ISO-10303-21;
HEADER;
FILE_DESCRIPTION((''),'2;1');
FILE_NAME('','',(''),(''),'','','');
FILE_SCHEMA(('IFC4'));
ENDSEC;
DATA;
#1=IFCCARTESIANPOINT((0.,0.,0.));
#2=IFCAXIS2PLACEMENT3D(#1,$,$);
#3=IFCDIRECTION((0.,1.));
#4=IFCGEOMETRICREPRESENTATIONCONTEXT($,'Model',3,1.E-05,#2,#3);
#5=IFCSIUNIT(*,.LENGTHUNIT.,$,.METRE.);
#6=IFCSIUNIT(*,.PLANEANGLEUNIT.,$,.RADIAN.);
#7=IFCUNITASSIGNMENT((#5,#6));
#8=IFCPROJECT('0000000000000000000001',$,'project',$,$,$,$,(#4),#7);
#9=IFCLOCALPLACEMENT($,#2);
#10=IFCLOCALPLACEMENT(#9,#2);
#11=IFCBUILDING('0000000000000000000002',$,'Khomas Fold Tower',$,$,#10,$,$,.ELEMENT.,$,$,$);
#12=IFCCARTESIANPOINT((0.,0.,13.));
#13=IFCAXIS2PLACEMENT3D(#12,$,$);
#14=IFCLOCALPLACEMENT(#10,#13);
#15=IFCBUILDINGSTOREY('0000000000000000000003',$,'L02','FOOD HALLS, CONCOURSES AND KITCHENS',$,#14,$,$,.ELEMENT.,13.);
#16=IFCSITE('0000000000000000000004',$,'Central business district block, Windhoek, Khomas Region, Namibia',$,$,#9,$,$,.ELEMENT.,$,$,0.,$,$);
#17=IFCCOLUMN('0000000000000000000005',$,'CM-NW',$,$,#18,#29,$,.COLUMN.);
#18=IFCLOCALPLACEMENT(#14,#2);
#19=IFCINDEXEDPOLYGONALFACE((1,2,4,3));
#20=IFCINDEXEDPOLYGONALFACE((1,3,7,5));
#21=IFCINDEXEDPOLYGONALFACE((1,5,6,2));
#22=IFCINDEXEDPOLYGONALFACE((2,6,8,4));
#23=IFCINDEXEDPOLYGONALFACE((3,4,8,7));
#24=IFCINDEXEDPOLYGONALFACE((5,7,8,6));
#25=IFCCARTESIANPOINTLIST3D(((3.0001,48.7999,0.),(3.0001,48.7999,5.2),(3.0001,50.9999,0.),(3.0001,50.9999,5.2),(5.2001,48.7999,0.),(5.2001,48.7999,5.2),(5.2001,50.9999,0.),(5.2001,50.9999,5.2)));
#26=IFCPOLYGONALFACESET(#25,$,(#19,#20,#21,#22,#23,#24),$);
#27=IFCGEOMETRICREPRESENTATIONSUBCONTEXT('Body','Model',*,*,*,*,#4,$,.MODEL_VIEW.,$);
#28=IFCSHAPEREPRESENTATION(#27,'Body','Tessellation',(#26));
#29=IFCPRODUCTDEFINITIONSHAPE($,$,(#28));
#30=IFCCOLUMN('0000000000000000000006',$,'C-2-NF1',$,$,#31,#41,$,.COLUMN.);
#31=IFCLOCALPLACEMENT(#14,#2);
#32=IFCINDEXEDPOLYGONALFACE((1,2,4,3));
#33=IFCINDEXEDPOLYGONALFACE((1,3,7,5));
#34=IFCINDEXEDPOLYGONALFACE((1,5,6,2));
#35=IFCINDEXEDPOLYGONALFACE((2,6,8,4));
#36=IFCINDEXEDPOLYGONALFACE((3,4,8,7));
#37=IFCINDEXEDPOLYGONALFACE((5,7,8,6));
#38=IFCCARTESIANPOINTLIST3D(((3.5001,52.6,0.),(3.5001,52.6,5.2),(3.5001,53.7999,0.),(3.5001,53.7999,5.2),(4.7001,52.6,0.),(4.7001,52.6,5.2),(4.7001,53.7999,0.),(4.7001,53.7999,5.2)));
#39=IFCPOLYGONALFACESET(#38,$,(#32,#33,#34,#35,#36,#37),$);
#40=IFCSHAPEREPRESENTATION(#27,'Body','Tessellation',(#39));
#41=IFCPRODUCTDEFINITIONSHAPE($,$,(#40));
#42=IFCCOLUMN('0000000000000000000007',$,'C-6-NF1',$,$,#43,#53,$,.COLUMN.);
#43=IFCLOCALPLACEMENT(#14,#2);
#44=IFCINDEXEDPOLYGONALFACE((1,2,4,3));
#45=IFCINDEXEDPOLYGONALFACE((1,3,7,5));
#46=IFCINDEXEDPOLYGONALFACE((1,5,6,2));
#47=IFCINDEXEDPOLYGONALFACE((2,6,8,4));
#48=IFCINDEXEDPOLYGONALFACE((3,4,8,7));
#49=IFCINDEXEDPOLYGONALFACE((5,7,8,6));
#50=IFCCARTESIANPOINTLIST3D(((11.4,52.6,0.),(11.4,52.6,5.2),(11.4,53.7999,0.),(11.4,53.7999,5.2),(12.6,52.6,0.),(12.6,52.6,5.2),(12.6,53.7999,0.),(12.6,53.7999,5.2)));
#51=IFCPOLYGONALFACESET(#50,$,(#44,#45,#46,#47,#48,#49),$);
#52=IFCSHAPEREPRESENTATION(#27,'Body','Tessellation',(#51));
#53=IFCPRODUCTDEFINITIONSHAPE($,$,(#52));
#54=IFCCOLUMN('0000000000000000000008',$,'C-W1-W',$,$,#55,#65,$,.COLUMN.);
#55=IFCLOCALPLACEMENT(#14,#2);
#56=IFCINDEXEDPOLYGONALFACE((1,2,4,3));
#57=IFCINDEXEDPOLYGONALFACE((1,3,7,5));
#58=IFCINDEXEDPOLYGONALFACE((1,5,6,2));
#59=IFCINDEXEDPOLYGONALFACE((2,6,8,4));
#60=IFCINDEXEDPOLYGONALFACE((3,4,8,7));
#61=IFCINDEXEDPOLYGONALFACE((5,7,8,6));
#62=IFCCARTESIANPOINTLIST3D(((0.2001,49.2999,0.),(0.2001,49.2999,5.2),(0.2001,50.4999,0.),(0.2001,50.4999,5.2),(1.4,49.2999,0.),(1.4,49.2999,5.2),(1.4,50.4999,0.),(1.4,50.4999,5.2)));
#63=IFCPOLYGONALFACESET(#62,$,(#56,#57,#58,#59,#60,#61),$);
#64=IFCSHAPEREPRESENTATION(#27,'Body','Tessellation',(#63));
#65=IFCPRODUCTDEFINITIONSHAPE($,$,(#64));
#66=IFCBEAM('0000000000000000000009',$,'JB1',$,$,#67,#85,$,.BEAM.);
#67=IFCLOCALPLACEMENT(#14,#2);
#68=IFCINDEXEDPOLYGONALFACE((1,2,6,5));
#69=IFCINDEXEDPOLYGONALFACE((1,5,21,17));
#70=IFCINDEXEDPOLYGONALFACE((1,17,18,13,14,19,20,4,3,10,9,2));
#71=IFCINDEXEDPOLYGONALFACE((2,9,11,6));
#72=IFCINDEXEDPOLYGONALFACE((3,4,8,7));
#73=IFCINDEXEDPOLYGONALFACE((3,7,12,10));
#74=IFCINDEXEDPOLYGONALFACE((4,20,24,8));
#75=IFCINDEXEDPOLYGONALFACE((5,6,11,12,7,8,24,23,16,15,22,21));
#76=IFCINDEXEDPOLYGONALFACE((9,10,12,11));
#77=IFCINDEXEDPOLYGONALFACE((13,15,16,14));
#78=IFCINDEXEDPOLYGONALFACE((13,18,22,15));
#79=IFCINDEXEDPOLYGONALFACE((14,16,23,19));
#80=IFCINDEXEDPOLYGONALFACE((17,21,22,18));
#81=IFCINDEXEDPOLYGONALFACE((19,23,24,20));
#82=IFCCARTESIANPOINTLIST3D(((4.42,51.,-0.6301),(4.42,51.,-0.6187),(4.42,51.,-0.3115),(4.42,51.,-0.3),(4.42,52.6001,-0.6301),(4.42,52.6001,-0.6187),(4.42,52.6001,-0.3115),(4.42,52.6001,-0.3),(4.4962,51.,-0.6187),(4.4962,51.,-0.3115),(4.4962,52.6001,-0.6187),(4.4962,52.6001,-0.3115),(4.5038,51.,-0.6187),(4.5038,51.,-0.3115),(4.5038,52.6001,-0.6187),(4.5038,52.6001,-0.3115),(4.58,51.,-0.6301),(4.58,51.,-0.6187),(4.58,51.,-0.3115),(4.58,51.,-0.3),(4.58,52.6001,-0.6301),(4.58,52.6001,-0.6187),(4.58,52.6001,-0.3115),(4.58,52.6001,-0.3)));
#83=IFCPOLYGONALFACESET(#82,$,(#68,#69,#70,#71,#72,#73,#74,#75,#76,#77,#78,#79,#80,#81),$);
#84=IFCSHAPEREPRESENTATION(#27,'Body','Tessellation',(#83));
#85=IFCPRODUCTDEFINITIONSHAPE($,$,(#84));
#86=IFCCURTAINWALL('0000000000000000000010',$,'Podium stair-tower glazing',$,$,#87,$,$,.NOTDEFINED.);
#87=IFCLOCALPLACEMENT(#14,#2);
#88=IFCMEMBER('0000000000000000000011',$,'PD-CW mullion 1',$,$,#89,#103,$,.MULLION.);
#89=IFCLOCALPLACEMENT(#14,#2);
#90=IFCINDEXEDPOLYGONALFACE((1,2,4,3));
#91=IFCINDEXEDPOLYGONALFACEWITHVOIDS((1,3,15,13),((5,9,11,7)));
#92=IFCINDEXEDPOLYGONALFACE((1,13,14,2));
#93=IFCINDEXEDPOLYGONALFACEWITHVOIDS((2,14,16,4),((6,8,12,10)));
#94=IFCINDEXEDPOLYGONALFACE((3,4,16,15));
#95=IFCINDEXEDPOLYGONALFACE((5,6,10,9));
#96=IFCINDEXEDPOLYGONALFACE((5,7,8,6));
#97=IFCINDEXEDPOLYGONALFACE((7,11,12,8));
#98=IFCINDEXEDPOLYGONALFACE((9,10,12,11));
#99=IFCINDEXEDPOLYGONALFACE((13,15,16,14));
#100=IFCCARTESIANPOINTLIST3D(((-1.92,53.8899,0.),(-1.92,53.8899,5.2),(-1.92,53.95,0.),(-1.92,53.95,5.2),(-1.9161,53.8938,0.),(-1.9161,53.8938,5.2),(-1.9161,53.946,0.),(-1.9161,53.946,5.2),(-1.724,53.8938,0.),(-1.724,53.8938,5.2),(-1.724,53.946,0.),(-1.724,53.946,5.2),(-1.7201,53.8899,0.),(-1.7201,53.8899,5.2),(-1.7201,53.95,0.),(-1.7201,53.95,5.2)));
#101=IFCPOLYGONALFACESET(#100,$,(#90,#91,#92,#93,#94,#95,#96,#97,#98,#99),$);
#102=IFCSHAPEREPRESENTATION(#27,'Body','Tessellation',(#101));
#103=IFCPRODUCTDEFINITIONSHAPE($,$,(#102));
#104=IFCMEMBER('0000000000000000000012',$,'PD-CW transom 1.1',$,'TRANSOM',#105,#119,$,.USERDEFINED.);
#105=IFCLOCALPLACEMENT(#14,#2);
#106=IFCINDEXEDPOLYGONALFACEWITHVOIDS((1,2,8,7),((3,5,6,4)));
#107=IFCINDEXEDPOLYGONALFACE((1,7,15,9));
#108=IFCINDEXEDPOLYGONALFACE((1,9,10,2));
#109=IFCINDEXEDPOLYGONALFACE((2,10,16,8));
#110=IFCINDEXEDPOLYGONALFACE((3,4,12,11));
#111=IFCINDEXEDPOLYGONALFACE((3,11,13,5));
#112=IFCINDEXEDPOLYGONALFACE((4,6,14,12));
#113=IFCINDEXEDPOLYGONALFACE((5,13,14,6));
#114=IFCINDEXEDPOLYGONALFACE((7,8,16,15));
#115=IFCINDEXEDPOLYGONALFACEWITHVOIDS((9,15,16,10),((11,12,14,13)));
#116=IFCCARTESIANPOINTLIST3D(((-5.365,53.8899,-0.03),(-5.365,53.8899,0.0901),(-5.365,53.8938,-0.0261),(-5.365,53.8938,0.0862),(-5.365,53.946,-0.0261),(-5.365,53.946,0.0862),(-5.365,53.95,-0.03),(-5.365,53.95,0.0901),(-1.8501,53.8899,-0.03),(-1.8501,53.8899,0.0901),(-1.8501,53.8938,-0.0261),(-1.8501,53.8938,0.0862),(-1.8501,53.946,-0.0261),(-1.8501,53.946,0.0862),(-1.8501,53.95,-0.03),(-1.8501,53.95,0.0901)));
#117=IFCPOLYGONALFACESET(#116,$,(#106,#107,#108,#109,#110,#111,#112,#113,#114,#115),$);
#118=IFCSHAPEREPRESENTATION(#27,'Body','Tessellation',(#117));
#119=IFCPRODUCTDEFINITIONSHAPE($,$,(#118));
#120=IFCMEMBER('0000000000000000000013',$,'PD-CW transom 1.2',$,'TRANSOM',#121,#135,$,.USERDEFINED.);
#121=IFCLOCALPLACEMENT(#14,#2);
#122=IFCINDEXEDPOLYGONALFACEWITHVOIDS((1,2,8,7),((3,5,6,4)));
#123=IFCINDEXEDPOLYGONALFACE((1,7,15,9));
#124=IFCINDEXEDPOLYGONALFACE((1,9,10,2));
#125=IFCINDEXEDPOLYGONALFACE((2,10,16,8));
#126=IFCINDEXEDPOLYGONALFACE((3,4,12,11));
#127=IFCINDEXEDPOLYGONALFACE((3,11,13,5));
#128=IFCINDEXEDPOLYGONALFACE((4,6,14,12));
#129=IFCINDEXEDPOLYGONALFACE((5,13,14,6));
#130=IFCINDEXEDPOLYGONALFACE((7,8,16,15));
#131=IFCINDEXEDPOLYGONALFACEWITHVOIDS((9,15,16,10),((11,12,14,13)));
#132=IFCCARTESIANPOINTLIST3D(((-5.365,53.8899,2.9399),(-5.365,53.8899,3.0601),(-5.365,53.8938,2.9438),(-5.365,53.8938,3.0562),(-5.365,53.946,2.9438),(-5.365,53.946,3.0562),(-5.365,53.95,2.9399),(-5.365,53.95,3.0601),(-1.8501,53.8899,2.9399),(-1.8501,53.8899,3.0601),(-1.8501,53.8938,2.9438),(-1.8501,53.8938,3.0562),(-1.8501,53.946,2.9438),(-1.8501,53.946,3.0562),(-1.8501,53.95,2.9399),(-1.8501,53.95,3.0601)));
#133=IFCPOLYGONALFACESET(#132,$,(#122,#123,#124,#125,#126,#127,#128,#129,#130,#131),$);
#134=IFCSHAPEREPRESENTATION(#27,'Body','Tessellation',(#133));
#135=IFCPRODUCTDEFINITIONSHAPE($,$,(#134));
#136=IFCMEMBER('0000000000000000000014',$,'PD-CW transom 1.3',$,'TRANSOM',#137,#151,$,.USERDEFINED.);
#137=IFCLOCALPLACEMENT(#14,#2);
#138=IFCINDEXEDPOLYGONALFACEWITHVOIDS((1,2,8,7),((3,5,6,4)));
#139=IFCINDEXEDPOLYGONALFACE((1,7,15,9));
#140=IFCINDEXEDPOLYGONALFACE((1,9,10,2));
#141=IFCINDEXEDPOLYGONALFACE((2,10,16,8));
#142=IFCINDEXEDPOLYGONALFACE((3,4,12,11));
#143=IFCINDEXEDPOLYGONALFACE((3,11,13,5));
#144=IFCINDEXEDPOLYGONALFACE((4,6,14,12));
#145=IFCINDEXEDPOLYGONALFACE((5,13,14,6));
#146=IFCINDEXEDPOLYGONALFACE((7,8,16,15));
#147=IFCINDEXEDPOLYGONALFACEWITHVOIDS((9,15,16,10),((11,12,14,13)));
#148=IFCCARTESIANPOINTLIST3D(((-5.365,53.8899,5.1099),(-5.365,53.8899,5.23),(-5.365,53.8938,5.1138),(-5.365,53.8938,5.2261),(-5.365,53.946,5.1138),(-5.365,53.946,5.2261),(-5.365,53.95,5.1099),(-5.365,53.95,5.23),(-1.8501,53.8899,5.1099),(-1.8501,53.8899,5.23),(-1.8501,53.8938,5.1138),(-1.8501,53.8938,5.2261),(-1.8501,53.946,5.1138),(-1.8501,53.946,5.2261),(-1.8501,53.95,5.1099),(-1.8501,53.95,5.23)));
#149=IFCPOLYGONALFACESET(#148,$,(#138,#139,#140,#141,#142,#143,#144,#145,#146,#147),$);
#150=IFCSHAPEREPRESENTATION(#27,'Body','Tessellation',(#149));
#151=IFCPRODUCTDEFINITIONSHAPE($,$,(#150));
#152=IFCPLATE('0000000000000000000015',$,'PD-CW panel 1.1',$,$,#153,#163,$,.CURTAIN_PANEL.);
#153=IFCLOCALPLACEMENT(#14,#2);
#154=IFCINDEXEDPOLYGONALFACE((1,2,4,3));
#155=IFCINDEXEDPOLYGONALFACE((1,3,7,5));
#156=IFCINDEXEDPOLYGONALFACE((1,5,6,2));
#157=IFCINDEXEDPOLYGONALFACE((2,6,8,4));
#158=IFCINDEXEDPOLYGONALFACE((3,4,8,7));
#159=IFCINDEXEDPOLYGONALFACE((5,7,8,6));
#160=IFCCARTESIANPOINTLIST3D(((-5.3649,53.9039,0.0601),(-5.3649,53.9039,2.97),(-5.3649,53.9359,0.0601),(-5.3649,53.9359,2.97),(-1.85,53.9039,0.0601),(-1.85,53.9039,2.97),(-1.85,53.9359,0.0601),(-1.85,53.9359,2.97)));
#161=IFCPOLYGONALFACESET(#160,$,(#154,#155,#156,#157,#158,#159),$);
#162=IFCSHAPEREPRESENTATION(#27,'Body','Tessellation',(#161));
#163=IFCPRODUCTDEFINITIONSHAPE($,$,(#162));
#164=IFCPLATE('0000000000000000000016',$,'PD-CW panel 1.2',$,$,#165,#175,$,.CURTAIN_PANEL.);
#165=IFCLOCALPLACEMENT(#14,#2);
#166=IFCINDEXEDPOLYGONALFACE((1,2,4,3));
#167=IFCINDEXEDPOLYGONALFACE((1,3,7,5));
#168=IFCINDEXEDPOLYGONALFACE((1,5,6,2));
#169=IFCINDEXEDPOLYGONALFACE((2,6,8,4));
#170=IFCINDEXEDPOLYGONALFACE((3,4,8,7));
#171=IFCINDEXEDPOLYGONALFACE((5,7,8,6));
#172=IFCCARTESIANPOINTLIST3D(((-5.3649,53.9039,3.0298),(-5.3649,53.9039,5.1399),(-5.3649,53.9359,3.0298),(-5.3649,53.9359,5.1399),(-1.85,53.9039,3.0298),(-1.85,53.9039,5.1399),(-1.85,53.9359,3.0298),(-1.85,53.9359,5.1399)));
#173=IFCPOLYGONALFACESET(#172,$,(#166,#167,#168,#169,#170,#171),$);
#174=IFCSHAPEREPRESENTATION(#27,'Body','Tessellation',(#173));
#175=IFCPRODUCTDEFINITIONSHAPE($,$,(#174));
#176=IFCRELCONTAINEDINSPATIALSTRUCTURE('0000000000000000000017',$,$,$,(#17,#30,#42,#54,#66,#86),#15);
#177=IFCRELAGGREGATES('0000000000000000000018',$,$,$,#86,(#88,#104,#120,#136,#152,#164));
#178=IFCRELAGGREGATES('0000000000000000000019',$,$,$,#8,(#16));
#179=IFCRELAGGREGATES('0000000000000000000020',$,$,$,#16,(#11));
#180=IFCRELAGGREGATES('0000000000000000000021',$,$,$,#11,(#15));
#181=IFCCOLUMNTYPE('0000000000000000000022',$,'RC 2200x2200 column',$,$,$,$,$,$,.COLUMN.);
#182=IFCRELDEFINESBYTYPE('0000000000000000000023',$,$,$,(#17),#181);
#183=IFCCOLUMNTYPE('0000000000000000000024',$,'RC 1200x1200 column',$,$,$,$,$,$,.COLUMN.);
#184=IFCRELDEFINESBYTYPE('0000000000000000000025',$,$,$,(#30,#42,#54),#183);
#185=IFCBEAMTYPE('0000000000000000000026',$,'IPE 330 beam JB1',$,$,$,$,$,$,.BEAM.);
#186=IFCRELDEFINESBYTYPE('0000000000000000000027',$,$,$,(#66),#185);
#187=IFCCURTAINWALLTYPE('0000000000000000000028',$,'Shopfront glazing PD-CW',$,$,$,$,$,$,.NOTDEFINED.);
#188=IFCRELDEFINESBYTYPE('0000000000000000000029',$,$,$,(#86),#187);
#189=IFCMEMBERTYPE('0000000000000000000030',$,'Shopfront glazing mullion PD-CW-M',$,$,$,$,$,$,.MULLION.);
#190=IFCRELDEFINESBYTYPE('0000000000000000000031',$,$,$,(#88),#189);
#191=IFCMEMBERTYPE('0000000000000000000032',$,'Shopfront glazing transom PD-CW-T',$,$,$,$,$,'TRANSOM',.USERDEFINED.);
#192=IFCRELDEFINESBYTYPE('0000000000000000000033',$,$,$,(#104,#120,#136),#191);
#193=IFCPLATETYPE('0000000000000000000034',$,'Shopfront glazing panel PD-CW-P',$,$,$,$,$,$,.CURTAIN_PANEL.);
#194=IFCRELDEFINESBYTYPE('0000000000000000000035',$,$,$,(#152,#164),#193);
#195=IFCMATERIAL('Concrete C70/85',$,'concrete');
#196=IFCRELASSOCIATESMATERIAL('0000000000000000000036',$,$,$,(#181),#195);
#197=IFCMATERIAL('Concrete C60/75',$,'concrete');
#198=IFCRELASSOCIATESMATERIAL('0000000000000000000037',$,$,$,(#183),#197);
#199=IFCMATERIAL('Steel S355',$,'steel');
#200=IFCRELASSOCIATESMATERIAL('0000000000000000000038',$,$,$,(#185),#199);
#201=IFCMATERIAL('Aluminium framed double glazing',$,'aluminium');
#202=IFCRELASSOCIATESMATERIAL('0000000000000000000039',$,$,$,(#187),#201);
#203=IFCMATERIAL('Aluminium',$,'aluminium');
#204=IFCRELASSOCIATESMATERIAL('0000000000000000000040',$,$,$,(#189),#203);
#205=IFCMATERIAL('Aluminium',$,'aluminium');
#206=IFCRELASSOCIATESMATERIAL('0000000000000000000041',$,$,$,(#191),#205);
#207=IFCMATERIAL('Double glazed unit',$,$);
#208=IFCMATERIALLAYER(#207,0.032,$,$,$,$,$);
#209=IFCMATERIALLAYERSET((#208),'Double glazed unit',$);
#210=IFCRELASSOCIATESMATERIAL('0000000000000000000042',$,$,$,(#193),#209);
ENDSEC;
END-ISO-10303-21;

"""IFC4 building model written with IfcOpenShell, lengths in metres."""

from ifc_helpers import new_model, si_unit, direction, frame, origin, origin_2d, place, context, subcontext, project, spatial, rectangle, hollow_rectangle, i_section, extrude, source, transform, mapped, material, layer, layer_set, material_profile, profile_set, type_object, element, aggregate, save


model = new_model("IFC4")

# Units and contexts
model_context = context("Model", 3, precision=1e-05, world=origin(), true_north=direction((0.0, 1.0)))
body_context = subcontext(model_context, "Body", "Model", "MODEL_VIEW")
ifc_project = project(units=[si_unit("LENGTHUNIT", "METRE"), si_unit("PLANEANGLEUNIT", "RADIAN")], contexts=[model_context])

# Site, building, storey
site_placement = place(None, origin())
site = spatial("IfcSite", under=ifc_project, at=site_placement, Name="Central business district block, Windhoek, Khomas Region, Namibia", CompositionType="ELEMENT", RefElevation=0.0)
building_placement = place(site_placement, origin())
building = spatial("IfcBuilding", under=site, at=building_placement, Name="Khomas Fold Tower", CompositionType="ELEMENT")
storey_placement = place(building_placement, frame((0.0, 0.0, 13.0)))
storey = spatial("IfcBuildingStorey", under=building, at=storey_placement, Name="L02", Description="FOOD HALLS, CONCOURSES AND KITCHENS", CompositionType="ELEMENT", Elevation=13.0)

# Columns
ifc_material_1 = material(Name="Concrete C70/85", Category="concrete")
ifc_material_profile_1 = material_profile(ifc_material_1, rectangle(XDim=2.2, YDim=2.2, at=origin_2d()), Name="RC 2200x2200")
ifc_profile_set_1 = profile_set([ifc_material_profile_1], Name="Concrete C70/85")
column_type_1 = type_object("IfcColumnType", Name="RC 2200x2200 column", PredefinedType="COLUMN", material=ifc_profile_set_1)
shared_shape_1 = source(origin(), body_context, "Body", "SweptSolid", [
    extrude(rectangle(XDim=2.2, YDim=2.2, at=origin_2d()), origin(), (0.0, 0.0, 1.0), 5.2),
])
column_placement = place(storey_placement, frame((4.1001, 49.8999, 0.0), z_axis=(0.0, 0.0, 1.0), x_axis=(1.0, 0.0, 0.0)))
element("IfcColumn", 1, at=column_placement, inside=storey, type_object=column_type_1, Name="CM-NW", PredefinedType="COLUMN", context=body_context, shape_type="MappedRepresentation", body=[
    mapped(shared_shape_1, transform((0.0, 0.0, 0.0))),
])
ifc_material_2 = material(Name="Concrete C60/75", Category="concrete")
ifc_material_profile_2 = material_profile(ifc_material_2, rectangle(XDim=1.2, YDim=1.2, at=origin_2d()), Name="RC 1200x1200")
ifc_profile_set_2 = profile_set([ifc_material_profile_2], Name="Concrete C60/75")
column_type_2 = type_object("IfcColumnType", Name="RC 1200x1200 column", PredefinedType="COLUMN", material=ifc_profile_set_2)
shared_shape_2 = source(origin(), body_context, "Body", "SweptSolid", [
    extrude(rectangle(XDim=1.2, YDim=1.2, at=origin_2d()), origin(), (0.0, 0.0, 1.0), 5.2),
])
for number, where, z_axis, x_axis, name in (
    (2, (4.1001, 53.2, 0.0), (0.0, 0.0, 1.0), (1.0, 0.0, 0.0), "C-2-NF1"),
    (3, (12.0, 53.2, 0.0), (0.0, 0.0, 1.0), (1.0, 0.0, 0.0), "C-6-NF1"),
    (4, (0.8, 49.8999, 0.0), (0.0, 0.0, 1.0), (1.0, 0.0, 0.0), "C-W1-W"),
):
    element("IfcColumn", number, at=place(storey_placement, frame(where, z_axis=z_axis, x_axis=x_axis)), inside=storey, type_object=column_type_2, Name=name, PredefinedType="COLUMN", context=body_context, shape_type="MappedRepresentation", body=[
        mapped(shared_shape_2, transform((0.0, 0.0, 0.0))),
    ])

# Beam
ifc_material_3 = material(Name="Steel S355", Category="steel")
ifc_material_profile_3 = material_profile(ifc_material_3, i_section(OverallWidth=0.1599, OverallDepth=0.3301, WebThickness=0.0076, FlangeThickness=0.0115, at=origin_2d()), Name="IPE 330")
ifc_profile_set_3 = profile_set([ifc_material_profile_3], Name="Steel S355")
beam_type = type_object("IfcBeamType", Name="IPE 330 beam JB1", PredefinedType="BEAM", material=ifc_profile_set_3)
shared_shape_3 = source(origin(), body_context, "Body", "SweptSolid", [
    extrude(i_section(OverallWidth=0.1599, OverallDepth=0.3301, WebThickness=0.0076, FlangeThickness=0.0115, at=origin_2d()), origin(), (0.0, 0.0, 1.0), 1.6001),
])
beam_placement = place(storey_placement, frame((4.5, 51.0, -0.4651), z_axis=(0.0, 1.0, 0.0), x_axis=(-1.0, 0.0, 0.0)))
element("IfcBeam", 5, at=beam_placement, inside=storey, type_object=beam_type, Name="JB1", PredefinedType="BEAM", context=body_context, shape_type="MappedRepresentation", body=[
    mapped(shared_shape_3, transform((0.0, 0.0, 0.0))),
])

# Curtain wall, members, plates
ifc_material_4 = material(Name="Aluminium framed double glazing", Category="aluminium")
curtain_wall_type = type_object("IfcCurtainWallType", Name="Shopfront glazing PD-CW", PredefinedType="NOTDEFINED", material=ifc_material_4)
curtain_wall_placement = place(storey_placement, origin())
curtain_wall = element("IfcCurtainWall", 6, at=curtain_wall_placement, inside=storey, type_object=curtain_wall_type, Name="Podium stair-tower glazing", PredefinedType="NOTDEFINED")
ifc_material_5 = material(Name="Aluminium", Category="aluminium")
ifc_material_profile_4 = material_profile(ifc_material_5, hollow_rectangle(XDim=0.0601, YDim=0.2, WallThickness=0.0039, at=origin_2d()), Name="Shopfront glazing mullion PD-CW-M")
ifc_profile_set_4 = profile_set([ifc_material_profile_4], Name="Aluminium")
member_type_1 = type_object("IfcMemberType", Name="Shopfront glazing mullion PD-CW-M", PredefinedType="MULLION", material=ifc_profile_set_4)
shared_shape_4 = source(origin(), body_context, "Body", "SweptSolid", [
    extrude(hollow_rectangle(XDim=0.0601, YDim=0.2, WallThickness=0.0039, at=origin_2d()), origin(), (0.0, 0.0, 1.0), 5.2),
])
member_1_placement = place(storey_placement, frame((-1.8201, 53.9199, 0.0), z_axis=(0.0, 0.0, 1.0), x_axis=(0.0, -1.0, 0.0)))
member_1 = element("IfcMember", 7, at=member_1_placement, type_object=member_type_1, Name="PD-CW mullion 1", PredefinedType="MULLION", context=body_context, shape_type="MappedRepresentation", body=[
    mapped(shared_shape_4, transform((0.0, 0.0, 0.0))),
])
ifc_material_6 = material(Name="Aluminium", Category="aluminium")
ifc_material_profile_5 = material_profile(ifc_material_6, hollow_rectangle(XDim=0.0601, YDim=0.1201, WallThickness=0.0039, at=origin_2d()), Name="Shopfront glazing transom PD-CW-T")
ifc_profile_set_5 = profile_set([ifc_material_profile_5], Name="Aluminium")
member_type_2 = type_object("IfcMemberType", Name="Shopfront glazing transom PD-CW-T", ElementType="TRANSOM", PredefinedType="USERDEFINED", material=ifc_profile_set_5)
shared_shape_5 = source(origin(), body_context, "Body", "SweptSolid", [
    extrude(hollow_rectangle(XDim=0.0601, YDim=0.1201, WallThickness=0.0039, at=origin_2d()), origin(), (0.0, 0.0, 1.0), 3.5149),
])
member_2_placement = place(storey_placement, frame((-1.8501, 53.9199, 0.03), z_axis=(-1.0, 0.0, 0.0), x_axis=(0.0, -1.0, 0.0)))
member_2 = element("IfcMember", 8, at=member_2_placement, type_object=member_type_2, Name="PD-CW transom 1.1", ObjectType="TRANSOM", PredefinedType="USERDEFINED", context=body_context, shape_type="MappedRepresentation", body=[
    mapped(shared_shape_5, transform((0.0, 0.0, 0.0))),
])
member_3_placement = place(storey_placement, frame((-1.8501, 53.9199, 3.0), z_axis=(-1.0, 0.0, 0.0), x_axis=(0.0, -1.0, 0.0)))
member_3 = element("IfcMember", 9, at=member_3_placement, type_object=member_type_2, Name="PD-CW transom 1.2", ObjectType="TRANSOM", PredefinedType="USERDEFINED", context=body_context, shape_type="MappedRepresentation", body=[
    mapped(shared_shape_5, transform((0.0, 0.0, 0.0))),
])
member_4_placement = place(storey_placement, frame((-1.8501, 53.9199, 5.1699), z_axis=(-1.0, 0.0, 0.0), x_axis=(0.0, -1.0, 0.0)))
member_4 = element("IfcMember", 10, at=member_4_placement, type_object=member_type_2, Name="PD-CW transom 1.3", ObjectType="TRANSOM", PredefinedType="USERDEFINED", context=body_context, shape_type="MappedRepresentation", body=[
    mapped(shared_shape_5, transform((0.0, 0.0, 0.0))),
])
ifc_material_7 = material(Name="Double glazed unit")
ifc_layer_1 = layer(ifc_material_7, 0.032)
ifc_layer_set_1 = layer_set([ifc_layer_1], Name="Double glazed unit")
plate_type = type_object("IfcPlateType", Name="Shopfront glazing panel PD-CW-P", PredefinedType="CURTAIN_PANEL", material=ifc_layer_set_1)
shared_shape_6 = source(origin(), body_context, "Body", "SweptSolid", [
    extrude(rectangle(XDim=3.5149, YDim=0.032, at=origin_2d()), origin(), (0.0, 0.0, 1.0), 2.9099),
])
plate_1_placement = place(storey_placement, frame((-3.6074, 53.9199, 0.0601), z_axis=(0.0, 0.0, 1.0), x_axis=(-1.0, 0.0, 0.0)))
plate_1 = element("IfcPlate", 11, at=plate_1_placement, type_object=plate_type, Name="PD-CW panel 1.1", PredefinedType="CURTAIN_PANEL", context=body_context, shape_type="MappedRepresentation", body=[
    mapped(shared_shape_6, transform((0.0, 0.0, 0.0))),
])
shared_shape_7 = source(origin(), body_context, "Body", "SweptSolid", [
    extrude(rectangle(XDim=3.5149, YDim=0.032, at=origin_2d()), origin(), (0.0, 0.0, 1.0), 2.1101),
])
plate_2_placement = place(storey_placement, frame((-3.6074, 53.9199, 3.0298), z_axis=(0.0, 0.0, 1.0), x_axis=(-1.0, 0.0, 0.0)))
plate_2 = element("IfcPlate", 12, at=plate_2_placement, type_object=plate_type, Name="PD-CW panel 1.2", PredefinedType="CURTAIN_PANEL", context=body_context, shape_type="MappedRepresentation", body=[
    mapped(shared_shape_7, transform((0.0, 0.0, 0.0))),
])
aggregate(curtain_wall, [member_1, member_2, member_3, member_4, plate_1, plate_2])

save(model, "model.ifc")
